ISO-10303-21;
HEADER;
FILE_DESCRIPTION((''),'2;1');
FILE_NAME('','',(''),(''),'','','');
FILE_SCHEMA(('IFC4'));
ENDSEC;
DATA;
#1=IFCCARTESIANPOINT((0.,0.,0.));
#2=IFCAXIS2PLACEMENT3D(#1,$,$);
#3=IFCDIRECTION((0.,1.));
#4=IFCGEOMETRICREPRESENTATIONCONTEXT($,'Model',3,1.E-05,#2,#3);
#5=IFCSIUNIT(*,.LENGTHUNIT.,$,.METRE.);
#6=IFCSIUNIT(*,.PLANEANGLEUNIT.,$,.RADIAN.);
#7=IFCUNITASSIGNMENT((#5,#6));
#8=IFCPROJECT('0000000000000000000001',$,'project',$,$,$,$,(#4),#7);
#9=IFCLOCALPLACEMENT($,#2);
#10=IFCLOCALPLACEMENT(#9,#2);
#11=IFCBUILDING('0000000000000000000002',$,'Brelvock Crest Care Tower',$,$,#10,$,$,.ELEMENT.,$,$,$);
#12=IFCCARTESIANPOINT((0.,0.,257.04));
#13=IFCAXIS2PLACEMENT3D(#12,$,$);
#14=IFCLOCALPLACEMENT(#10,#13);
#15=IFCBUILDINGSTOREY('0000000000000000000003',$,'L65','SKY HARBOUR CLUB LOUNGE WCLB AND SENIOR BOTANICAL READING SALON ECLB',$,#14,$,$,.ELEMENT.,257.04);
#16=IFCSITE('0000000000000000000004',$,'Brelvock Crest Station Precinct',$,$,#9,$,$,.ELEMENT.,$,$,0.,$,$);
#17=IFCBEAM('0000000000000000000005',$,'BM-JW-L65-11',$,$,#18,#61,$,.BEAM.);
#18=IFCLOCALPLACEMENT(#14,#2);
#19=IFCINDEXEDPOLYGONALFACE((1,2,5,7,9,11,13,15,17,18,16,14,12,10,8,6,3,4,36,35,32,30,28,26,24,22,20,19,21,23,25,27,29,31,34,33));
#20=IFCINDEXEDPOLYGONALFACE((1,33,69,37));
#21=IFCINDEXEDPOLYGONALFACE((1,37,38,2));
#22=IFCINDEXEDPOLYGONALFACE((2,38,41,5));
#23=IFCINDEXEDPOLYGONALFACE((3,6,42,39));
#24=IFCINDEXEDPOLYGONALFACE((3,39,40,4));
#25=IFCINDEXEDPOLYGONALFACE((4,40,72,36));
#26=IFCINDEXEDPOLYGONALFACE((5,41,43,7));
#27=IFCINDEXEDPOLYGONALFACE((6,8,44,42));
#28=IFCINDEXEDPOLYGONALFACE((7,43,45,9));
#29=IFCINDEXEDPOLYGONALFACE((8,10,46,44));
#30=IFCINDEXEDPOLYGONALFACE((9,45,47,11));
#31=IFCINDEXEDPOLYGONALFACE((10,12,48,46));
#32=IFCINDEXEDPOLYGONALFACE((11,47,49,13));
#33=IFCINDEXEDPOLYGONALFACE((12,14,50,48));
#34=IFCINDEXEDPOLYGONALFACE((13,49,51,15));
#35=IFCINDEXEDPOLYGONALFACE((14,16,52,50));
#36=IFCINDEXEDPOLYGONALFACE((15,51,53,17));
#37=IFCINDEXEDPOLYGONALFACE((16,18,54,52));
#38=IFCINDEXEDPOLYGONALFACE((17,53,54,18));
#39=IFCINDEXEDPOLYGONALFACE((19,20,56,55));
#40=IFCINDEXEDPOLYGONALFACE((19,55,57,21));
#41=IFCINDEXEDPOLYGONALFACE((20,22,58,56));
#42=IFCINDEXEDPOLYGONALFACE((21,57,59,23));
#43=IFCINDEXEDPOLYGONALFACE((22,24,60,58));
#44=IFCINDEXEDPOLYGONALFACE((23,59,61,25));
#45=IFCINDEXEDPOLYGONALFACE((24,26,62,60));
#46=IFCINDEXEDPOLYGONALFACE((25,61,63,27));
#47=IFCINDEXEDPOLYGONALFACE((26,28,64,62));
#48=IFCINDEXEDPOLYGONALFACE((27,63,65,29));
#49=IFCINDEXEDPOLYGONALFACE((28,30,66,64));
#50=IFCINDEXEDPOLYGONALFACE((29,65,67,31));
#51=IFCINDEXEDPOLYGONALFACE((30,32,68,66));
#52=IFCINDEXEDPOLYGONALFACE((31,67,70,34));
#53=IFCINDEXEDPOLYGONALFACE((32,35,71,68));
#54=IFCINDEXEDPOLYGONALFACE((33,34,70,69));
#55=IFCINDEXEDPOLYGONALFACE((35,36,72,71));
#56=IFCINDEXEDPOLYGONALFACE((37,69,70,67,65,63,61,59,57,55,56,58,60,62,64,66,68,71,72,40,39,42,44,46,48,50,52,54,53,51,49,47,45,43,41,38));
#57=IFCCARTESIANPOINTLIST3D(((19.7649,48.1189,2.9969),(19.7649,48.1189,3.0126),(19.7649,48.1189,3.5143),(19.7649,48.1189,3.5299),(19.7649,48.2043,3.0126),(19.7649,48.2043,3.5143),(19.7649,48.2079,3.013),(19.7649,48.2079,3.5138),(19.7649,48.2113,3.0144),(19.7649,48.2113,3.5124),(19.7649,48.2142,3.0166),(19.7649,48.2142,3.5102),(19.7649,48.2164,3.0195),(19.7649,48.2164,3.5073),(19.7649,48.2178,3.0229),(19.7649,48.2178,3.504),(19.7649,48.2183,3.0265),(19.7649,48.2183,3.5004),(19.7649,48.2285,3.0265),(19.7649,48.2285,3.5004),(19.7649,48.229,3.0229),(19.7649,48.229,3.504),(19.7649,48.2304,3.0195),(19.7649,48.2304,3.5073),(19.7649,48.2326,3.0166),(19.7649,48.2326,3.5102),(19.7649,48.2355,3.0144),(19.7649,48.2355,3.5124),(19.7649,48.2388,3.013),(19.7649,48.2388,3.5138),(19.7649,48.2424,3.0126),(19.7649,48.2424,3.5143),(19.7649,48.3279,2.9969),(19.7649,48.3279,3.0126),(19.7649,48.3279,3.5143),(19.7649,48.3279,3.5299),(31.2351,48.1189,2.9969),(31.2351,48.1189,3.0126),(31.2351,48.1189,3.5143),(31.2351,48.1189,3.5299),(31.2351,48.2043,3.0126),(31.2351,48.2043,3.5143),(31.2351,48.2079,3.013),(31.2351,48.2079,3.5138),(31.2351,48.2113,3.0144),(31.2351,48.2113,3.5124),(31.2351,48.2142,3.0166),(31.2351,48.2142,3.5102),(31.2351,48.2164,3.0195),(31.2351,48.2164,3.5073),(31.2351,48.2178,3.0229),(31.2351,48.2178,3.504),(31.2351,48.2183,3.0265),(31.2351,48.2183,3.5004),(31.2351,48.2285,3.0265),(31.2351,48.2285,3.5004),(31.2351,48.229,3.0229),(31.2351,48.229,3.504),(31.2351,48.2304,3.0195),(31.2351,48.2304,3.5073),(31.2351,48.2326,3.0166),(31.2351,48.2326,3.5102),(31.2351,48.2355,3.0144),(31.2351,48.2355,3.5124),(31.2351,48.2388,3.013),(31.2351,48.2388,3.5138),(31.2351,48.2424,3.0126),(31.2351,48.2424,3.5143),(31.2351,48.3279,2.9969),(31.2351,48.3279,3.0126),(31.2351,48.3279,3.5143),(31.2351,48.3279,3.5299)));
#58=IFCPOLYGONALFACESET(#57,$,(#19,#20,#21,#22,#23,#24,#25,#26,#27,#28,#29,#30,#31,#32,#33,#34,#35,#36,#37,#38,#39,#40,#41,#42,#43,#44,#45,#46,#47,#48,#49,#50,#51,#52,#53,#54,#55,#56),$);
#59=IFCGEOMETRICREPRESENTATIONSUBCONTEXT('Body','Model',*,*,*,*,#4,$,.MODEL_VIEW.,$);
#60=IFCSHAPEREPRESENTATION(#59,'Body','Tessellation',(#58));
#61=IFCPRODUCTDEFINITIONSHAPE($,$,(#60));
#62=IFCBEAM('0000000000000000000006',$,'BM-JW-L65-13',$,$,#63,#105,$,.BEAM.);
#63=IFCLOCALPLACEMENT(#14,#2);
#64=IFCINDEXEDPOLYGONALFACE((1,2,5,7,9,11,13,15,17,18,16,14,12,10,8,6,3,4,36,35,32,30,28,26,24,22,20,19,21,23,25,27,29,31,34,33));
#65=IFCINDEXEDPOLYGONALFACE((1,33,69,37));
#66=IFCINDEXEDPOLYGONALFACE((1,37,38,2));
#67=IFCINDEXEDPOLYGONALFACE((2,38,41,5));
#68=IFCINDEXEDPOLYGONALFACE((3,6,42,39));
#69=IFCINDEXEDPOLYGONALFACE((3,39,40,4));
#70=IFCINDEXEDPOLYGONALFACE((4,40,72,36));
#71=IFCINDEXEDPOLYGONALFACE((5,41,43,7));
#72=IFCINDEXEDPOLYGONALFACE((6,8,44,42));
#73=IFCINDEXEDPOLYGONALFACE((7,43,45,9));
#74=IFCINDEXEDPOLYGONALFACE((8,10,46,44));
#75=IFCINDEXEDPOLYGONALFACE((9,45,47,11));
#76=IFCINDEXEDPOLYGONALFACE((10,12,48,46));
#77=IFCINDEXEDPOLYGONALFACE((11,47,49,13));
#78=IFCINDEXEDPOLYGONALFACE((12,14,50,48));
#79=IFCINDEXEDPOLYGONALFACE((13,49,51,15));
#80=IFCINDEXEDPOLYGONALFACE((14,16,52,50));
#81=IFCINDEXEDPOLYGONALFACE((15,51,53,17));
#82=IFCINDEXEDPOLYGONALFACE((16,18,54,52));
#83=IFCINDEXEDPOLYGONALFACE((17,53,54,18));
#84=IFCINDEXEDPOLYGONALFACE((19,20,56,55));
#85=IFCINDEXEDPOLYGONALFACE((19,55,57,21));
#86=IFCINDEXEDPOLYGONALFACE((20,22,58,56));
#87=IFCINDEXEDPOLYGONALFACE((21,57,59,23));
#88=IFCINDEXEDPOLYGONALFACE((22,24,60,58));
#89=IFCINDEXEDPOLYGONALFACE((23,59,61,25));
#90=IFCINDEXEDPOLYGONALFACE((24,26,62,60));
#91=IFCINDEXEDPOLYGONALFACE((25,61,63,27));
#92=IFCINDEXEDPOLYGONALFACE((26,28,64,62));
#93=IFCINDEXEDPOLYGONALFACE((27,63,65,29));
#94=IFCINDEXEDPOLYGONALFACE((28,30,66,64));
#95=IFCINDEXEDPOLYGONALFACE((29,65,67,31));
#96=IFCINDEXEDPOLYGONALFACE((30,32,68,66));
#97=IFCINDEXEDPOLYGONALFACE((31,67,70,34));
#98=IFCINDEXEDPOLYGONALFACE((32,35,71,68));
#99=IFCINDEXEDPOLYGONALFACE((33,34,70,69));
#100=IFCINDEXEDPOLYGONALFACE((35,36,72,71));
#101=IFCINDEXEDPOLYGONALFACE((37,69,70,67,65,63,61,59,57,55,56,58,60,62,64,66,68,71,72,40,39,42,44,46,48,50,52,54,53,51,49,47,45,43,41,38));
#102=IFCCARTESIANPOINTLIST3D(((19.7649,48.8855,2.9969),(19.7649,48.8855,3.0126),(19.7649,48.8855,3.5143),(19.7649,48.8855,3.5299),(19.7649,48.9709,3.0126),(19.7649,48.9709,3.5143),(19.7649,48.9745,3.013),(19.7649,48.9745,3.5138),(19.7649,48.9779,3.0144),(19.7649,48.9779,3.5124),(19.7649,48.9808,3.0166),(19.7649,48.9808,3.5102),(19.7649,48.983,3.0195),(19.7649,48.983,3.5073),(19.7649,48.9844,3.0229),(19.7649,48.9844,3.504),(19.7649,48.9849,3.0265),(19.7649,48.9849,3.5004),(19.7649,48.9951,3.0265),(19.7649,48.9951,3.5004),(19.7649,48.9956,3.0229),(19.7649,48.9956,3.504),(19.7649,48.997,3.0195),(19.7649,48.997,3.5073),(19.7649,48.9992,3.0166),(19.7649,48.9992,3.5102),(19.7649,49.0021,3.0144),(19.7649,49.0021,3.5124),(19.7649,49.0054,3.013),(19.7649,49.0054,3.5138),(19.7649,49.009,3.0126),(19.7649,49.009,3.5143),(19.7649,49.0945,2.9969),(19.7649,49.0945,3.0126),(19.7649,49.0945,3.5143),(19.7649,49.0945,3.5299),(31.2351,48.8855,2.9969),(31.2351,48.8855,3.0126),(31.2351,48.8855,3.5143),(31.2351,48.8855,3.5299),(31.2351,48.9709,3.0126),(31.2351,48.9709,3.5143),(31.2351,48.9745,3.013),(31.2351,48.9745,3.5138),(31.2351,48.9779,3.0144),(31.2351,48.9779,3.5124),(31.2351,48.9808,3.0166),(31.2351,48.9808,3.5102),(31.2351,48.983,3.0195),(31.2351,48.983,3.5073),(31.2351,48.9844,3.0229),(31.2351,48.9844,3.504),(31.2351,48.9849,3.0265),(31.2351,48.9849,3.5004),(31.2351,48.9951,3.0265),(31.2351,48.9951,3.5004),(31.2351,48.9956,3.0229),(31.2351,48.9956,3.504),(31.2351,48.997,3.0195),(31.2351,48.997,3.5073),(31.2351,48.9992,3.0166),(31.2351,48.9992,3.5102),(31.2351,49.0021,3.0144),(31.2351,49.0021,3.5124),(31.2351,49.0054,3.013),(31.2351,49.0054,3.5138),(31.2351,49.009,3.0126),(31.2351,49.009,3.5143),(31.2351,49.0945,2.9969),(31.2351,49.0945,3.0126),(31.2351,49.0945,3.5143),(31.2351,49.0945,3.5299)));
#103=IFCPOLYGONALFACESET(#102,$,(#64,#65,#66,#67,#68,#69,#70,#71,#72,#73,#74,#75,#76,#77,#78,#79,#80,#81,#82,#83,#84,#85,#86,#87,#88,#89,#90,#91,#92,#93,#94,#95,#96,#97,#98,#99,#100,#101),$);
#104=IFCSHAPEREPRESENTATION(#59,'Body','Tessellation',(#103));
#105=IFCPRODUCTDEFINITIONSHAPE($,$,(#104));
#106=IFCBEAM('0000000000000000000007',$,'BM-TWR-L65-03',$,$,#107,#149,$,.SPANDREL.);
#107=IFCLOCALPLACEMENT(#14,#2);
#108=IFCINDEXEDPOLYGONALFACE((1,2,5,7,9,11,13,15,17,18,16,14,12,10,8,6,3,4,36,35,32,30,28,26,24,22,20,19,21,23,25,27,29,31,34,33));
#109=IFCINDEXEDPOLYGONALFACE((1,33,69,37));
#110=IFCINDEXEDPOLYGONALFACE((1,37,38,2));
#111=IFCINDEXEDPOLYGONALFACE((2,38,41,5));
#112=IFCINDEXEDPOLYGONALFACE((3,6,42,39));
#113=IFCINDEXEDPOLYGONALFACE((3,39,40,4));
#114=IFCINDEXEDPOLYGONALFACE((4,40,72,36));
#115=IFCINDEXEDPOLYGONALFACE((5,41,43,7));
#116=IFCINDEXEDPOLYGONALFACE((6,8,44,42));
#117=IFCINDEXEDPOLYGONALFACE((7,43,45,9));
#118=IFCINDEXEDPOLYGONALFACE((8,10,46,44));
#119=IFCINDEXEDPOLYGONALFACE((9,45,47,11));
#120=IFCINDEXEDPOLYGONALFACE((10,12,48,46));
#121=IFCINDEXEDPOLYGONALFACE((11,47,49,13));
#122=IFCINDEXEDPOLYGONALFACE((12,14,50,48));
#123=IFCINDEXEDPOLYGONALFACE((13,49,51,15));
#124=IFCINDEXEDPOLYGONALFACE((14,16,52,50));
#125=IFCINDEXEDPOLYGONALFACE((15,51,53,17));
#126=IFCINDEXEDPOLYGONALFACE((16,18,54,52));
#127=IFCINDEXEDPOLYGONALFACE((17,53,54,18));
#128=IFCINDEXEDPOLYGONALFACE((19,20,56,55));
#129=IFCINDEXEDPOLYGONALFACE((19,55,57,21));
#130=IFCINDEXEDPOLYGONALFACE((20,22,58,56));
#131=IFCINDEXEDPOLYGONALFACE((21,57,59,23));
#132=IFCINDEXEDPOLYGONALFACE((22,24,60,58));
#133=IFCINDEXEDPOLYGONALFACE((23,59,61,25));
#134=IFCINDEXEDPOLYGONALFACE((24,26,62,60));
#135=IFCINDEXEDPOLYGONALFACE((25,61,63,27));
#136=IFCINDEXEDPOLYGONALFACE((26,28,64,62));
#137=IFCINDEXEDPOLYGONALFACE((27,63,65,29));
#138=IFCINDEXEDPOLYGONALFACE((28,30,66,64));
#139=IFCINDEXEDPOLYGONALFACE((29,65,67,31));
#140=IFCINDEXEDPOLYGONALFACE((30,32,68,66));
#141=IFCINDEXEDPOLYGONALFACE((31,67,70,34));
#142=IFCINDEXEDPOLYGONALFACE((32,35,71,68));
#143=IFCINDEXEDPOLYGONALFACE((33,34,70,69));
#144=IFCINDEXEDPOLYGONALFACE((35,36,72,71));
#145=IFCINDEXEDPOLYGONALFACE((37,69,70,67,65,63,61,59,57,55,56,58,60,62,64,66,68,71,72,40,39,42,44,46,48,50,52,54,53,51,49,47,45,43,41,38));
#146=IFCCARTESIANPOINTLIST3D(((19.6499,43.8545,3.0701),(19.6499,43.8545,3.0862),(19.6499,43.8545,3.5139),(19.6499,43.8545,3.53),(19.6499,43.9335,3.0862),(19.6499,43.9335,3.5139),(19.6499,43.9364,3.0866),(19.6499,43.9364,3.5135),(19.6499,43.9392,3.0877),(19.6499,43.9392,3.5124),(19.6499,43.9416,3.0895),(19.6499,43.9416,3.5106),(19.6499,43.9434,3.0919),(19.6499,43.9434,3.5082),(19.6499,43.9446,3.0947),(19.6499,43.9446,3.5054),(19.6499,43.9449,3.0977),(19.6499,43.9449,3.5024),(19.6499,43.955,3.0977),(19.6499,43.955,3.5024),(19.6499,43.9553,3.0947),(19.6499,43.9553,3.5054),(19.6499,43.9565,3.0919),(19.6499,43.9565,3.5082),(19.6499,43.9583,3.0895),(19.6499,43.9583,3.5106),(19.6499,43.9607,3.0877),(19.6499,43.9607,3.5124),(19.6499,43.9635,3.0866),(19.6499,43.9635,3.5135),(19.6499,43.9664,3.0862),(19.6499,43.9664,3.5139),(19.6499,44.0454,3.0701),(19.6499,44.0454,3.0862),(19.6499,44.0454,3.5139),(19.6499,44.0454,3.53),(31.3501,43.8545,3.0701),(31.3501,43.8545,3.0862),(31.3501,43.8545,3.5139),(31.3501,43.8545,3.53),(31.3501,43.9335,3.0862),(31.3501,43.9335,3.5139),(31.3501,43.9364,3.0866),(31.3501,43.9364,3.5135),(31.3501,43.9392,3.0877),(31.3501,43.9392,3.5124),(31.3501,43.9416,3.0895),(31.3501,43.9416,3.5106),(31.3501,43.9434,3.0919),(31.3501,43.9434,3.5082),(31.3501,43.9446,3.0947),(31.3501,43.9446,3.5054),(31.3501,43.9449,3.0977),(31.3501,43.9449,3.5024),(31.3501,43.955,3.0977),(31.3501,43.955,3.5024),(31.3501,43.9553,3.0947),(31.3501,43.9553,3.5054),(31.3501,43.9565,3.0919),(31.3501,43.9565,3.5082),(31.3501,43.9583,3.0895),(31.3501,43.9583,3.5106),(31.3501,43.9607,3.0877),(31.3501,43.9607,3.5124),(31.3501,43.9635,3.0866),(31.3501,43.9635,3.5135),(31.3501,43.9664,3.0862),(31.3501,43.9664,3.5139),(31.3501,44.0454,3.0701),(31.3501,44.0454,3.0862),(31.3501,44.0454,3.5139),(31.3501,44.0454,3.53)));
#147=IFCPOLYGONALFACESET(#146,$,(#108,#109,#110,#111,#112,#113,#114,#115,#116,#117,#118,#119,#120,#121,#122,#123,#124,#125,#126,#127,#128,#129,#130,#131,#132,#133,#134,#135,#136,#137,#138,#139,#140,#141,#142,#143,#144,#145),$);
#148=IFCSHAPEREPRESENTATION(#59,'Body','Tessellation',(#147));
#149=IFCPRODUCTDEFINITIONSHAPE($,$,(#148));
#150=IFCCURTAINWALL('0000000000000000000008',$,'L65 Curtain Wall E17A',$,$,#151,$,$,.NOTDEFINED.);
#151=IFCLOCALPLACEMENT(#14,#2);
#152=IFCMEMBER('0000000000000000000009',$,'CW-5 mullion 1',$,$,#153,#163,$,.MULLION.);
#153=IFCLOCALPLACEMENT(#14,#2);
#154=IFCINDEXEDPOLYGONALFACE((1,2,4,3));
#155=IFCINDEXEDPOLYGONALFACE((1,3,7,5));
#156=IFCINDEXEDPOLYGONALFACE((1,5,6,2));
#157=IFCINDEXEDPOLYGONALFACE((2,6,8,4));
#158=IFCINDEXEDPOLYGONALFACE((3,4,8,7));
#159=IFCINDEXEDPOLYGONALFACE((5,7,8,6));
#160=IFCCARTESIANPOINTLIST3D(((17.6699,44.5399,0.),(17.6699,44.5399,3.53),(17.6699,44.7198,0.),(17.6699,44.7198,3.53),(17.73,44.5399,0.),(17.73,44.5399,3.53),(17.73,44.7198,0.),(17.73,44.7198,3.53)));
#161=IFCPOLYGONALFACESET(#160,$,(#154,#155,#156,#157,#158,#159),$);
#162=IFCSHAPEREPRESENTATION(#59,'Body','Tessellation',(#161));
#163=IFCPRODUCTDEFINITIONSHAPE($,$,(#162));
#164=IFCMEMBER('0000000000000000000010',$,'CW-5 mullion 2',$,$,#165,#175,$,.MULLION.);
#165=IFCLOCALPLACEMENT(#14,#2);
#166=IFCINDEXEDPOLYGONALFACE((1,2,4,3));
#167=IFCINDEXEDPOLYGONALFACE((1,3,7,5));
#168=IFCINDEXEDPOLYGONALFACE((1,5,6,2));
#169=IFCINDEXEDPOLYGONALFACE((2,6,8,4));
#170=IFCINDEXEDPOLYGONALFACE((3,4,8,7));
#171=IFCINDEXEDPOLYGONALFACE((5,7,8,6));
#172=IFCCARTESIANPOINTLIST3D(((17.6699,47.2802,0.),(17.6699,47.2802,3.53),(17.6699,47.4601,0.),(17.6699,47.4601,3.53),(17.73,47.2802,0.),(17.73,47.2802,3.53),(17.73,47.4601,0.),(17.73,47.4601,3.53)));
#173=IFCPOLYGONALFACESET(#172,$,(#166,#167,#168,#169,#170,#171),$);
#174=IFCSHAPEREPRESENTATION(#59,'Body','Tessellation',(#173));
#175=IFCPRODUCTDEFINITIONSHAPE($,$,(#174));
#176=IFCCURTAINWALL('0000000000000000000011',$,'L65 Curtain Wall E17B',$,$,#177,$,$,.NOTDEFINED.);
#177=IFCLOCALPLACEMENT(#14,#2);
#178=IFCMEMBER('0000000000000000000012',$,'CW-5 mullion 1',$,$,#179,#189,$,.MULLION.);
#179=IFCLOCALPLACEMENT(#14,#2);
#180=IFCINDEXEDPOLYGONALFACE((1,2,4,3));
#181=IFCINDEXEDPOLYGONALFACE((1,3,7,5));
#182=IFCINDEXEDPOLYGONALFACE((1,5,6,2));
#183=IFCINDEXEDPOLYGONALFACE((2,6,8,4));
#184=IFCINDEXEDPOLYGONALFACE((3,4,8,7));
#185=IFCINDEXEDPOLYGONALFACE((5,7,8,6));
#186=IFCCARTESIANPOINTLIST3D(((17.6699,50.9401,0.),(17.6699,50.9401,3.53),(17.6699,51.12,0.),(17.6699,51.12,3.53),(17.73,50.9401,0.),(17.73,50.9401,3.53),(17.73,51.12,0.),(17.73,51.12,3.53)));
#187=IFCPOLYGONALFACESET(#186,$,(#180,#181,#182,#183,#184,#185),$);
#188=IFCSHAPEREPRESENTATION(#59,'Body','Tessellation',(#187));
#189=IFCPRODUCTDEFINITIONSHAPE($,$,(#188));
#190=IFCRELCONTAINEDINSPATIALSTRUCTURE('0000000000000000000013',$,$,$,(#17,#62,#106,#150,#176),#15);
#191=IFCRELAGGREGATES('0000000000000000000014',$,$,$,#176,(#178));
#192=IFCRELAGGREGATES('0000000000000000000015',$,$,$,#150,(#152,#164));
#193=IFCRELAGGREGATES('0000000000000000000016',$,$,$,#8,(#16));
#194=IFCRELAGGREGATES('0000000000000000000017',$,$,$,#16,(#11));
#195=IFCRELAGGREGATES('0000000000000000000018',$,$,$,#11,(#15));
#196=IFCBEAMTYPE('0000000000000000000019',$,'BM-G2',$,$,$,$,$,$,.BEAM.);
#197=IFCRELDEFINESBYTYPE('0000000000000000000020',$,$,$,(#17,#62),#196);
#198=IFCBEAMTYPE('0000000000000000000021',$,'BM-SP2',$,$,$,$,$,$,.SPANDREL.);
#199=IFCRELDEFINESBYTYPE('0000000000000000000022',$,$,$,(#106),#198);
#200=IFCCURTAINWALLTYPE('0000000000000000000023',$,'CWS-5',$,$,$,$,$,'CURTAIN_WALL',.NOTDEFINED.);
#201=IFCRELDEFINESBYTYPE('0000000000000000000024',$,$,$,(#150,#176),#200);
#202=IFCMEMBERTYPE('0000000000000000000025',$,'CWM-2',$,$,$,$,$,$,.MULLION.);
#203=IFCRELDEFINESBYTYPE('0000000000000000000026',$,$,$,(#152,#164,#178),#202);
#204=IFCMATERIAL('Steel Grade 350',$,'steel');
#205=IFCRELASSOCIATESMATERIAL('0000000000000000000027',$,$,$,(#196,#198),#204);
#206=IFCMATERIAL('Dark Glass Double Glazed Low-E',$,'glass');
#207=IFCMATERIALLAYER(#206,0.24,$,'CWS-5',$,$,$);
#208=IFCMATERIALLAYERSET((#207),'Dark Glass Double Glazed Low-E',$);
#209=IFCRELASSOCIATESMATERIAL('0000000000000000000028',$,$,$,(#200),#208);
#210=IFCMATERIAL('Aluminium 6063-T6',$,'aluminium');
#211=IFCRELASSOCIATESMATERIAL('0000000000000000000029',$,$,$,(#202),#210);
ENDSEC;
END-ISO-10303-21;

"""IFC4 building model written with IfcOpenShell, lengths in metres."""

from ifc_helpers import new_model, si_unit, direction, frame, origin, origin_2d, place, context, subcontext, project, spatial, rectangle, i_section, extrude, source, transform, mapped, material, layer, layer_set, material_profile, profile_set, type_object, element, aggregate, save


model = new_model("IFC4")

# Units and contexts
model_context = context("Model", 3, precision=1e-05, world=origin(), true_north=direction((0.0, 1.0)))
body_context = subcontext(model_context, "Body", "Model", "MODEL_VIEW")
ifc_project = project(units=[si_unit("LENGTHUNIT", "METRE"), si_unit("PLANEANGLEUNIT", "RADIAN")], contexts=[model_context])

# Site, building, storey
site_placement = place(None, origin())
site = spatial("IfcSite", under=ifc_project, at=site_placement, Name="Brelvock Crest Station Precinct", CompositionType="ELEMENT", RefElevation=0.0)
building_placement = place(site_placement, origin())
building = spatial("IfcBuilding", under=site, at=building_placement, Name="Brelvock Crest Care Tower", CompositionType="ELEMENT")
storey_placement = place(building_placement, frame((0.0, 0.0, 257.04)))
storey = spatial("IfcBuildingStorey", under=building, at=storey_placement, Name="L65", Description="SKY HARBOUR CLUB LOUNGE WCLB AND SENIOR BOTANICAL READING SALON ECLB", CompositionType="ELEMENT", Elevation=257.04)

# Beams
ifc_material_1 = material(Name="Steel Grade 350", Category="steel")
ifc_material_profile_1 = material_profile(ifc_material_1, i_section(OverallWidth=0.209, OverallDepth=0.533, WebThickness=0.0103, FlangeThickness=0.0156, FilletRadius=0.0139, at=origin_2d()), Name="530UB92.4")
ifc_profile_set_1 = profile_set([ifc_material_profile_1], Name="Steel Grade 350")
beam_type_1 = type_object("IfcBeamType", Name="BM-G2", PredefinedType="BEAM", material=ifc_profile_set_1)
shared_shape_1 = source(origin(), body_context, "Body", "SweptSolid", [
    extrude(i_section(OverallWidth=0.209, OverallDepth=0.533, WebThickness=0.0103, FlangeThickness=0.0156, FilletRadius=0.0139, at=origin_2d()), origin(), (0.0, 0.0, 1.0), 11.4702),
])
for number, where, z_axis, x_axis, name in (
    (1, (19.7649, 48.2234, 3.2634), (1.0, 0.0, 0.0), (0.0, 1.0, 0.0), "BM-JW-L65-11"),
    (2, (19.7649, 48.99, 3.2634), (1.0, 0.0, 0.0), (0.0, 1.0, 0.0), "BM-JW-L65-13"),
):
    element("IfcBeam", number, at=place(storey_placement, frame(where, z_axis=z_axis, x_axis=x_axis)), inside=storey, type_object=beam_type_1, Name=name, PredefinedType="BEAM", context=body_context, shape_type="MappedRepresentation", body=[
        mapped(shared_shape_1, transform((0.0, 0.0, 0.0), x_axis=(1.0, 0.0, 0.0), y_axis=(0.0, 1.0, 0.0), z_axis=(0.0, 0.0, 1.0), scale=1.0)),
    ])
ifc_material_profile_2 = material_profile(ifc_material_1, i_section(OverallWidth=0.1909, OverallDepth=0.46, WebThickness=0.01, FlangeThickness=0.0161, FilletRadius=0.0115, at=origin_2d()), Name="460UB82.1")
ifc_profile_set_2 = profile_set([ifc_material_profile_2], Name="Steel Grade 350")
beam_type_2 = type_object("IfcBeamType", Name="BM-SP2", PredefinedType="SPANDREL", material=ifc_profile_set_2)
shared_shape_2 = source(origin(), body_context, "Body", "SweptSolid", [
    extrude(i_section(OverallWidth=0.1909, OverallDepth=0.46, WebThickness=0.01, FlangeThickness=0.0161, FilletRadius=0.0115, at=origin_2d()), origin(), (0.0, 0.0, 1.0), 11.7002),
])
beam_placement = place(storey_placement, frame((19.6499, 43.95, 3.3), z_axis=(1.0, 0.0, 0.0), x_axis=(0.0, 1.0, 0.0)))
element("IfcBeam", 3, at=beam_placement, inside=storey, type_object=beam_type_2, Name="BM-TWR-L65-03", PredefinedType="SPANDREL", context=body_context, shape_type="MappedRepresentation", body=[
    mapped(shared_shape_2, transform((0.0, 0.0, 0.0), x_axis=(1.0, 0.0, 0.0), y_axis=(0.0, 1.0, 0.0), z_axis=(0.0, 0.0, 1.0), scale=1.0)),
])

# Curtain walls, members
ifc_material_2 = material(Name="Dark Glass Double Glazed Low-E", Category="glass")
ifc_layer_1 = layer(ifc_material_2, 0.24, Name="CWS-5")
ifc_layer_set_1 = layer_set([ifc_layer_1], Name="Dark Glass Double Glazed Low-E")
curtain_wall_type = type_object("IfcCurtainWallType", Name="CWS-5", ElementType="CURTAIN_WALL", PredefinedType="NOTDEFINED", material=ifc_layer_set_1)
curtain_wall_1_placement = place(storey_placement, origin())
curtain_wall_1 = element("IfcCurtainWall", 4, at=curtain_wall_1_placement, inside=storey, type_object=curtain_wall_type, Name="L65 Curtain Wall E17A", PredefinedType="NOTDEFINED")
ifc_material_3 = material(Name="Aluminium 6063-T6", Category="aluminium")
ifc_material_profile_3 = material_profile(ifc_material_3, rectangle(XDim=0.0601, YDim=0.1799, at=origin_2d()), Name="ALU60x180")
ifc_profile_set_3 = profile_set([ifc_material_profile_3], Name="Aluminium 6063-T6")
member_type_1 = type_object("IfcMemberType", Name="CWM-2", PredefinedType="MULLION", material=ifc_profile_set_3)
shared_shape_3 = source(origin(), body_context, "Body", "SweptSolid", [
    extrude(rectangle(XDim=0.0601, YDim=0.1799, at=origin_2d()), origin(), (0.0, 0.0, 1.0), 3.53),
])
member_1_placement = place(storey_placement, frame((17.7, 44.6299, 0.0), z_axis=(0.0, 0.0, 1.0), x_axis=(-1.0, 0.0, 0.0)))
member_1 = element("IfcMember", 5, at=member_1_placement, type_object=member_type_1, Name="CW-5 mullion 1", PredefinedType="MULLION", context=body_context, shape_type="MappedRepresentation", body=[
    mapped(shared_shape_3, transform((0.0, 0.0, 0.0), x_axis=(1.0, 0.0, 0.0), y_axis=(0.0, 1.0, 0.0), z_axis=(0.0, 0.0, 1.0), scale=1.0)),
])
member_2_placement = place(storey_placement, frame((17.7, 47.3701, 0.0), z_axis=(0.0, 0.0, 1.0), x_axis=(-1.0, 0.0, 0.0)))
member_2 = element("IfcMember", 6, at=member_2_placement, type_object=member_type_1, Name="CW-5 mullion 2", PredefinedType="MULLION", context=body_context, shape_type="MappedRepresentation", body=[
    mapped(shared_shape_3, transform((0.0, 0.0, 0.0), x_axis=(1.0, 0.0, 0.0), y_axis=(0.0, 1.0, 0.0), z_axis=(0.0, 0.0, 1.0), scale=1.0)),
])
curtain_wall_2_placement = place(storey_placement, origin())
curtain_wall_2 = element("IfcCurtainWall", 7, at=curtain_wall_2_placement, inside=storey, type_object=curtain_wall_type, Name="L65 Curtain Wall E17B", PredefinedType="NOTDEFINED")
member_3_placement = place(storey_placement, frame((17.7, 51.03, 0.0), z_axis=(0.0, 0.0, 1.0), x_axis=(-1.0, 0.0, 0.0)))
member_3 = element("IfcMember", 8, at=member_3_placement, type_object=member_type_1, Name="CW-5 mullion 1", PredefinedType="MULLION", context=body_context, shape_type="MappedRepresentation", body=[
    mapped(shared_shape_3, transform((0.0, 0.0, 0.0), x_axis=(1.0, 0.0, 0.0), y_axis=(0.0, 1.0, 0.0), z_axis=(0.0, 0.0, 1.0), scale=1.0)),
])

aggregate(curtain_wall_2, [member_3])
aggregate(curtain_wall_1, [member_1, member_2])

save(model, "model.ifc")
